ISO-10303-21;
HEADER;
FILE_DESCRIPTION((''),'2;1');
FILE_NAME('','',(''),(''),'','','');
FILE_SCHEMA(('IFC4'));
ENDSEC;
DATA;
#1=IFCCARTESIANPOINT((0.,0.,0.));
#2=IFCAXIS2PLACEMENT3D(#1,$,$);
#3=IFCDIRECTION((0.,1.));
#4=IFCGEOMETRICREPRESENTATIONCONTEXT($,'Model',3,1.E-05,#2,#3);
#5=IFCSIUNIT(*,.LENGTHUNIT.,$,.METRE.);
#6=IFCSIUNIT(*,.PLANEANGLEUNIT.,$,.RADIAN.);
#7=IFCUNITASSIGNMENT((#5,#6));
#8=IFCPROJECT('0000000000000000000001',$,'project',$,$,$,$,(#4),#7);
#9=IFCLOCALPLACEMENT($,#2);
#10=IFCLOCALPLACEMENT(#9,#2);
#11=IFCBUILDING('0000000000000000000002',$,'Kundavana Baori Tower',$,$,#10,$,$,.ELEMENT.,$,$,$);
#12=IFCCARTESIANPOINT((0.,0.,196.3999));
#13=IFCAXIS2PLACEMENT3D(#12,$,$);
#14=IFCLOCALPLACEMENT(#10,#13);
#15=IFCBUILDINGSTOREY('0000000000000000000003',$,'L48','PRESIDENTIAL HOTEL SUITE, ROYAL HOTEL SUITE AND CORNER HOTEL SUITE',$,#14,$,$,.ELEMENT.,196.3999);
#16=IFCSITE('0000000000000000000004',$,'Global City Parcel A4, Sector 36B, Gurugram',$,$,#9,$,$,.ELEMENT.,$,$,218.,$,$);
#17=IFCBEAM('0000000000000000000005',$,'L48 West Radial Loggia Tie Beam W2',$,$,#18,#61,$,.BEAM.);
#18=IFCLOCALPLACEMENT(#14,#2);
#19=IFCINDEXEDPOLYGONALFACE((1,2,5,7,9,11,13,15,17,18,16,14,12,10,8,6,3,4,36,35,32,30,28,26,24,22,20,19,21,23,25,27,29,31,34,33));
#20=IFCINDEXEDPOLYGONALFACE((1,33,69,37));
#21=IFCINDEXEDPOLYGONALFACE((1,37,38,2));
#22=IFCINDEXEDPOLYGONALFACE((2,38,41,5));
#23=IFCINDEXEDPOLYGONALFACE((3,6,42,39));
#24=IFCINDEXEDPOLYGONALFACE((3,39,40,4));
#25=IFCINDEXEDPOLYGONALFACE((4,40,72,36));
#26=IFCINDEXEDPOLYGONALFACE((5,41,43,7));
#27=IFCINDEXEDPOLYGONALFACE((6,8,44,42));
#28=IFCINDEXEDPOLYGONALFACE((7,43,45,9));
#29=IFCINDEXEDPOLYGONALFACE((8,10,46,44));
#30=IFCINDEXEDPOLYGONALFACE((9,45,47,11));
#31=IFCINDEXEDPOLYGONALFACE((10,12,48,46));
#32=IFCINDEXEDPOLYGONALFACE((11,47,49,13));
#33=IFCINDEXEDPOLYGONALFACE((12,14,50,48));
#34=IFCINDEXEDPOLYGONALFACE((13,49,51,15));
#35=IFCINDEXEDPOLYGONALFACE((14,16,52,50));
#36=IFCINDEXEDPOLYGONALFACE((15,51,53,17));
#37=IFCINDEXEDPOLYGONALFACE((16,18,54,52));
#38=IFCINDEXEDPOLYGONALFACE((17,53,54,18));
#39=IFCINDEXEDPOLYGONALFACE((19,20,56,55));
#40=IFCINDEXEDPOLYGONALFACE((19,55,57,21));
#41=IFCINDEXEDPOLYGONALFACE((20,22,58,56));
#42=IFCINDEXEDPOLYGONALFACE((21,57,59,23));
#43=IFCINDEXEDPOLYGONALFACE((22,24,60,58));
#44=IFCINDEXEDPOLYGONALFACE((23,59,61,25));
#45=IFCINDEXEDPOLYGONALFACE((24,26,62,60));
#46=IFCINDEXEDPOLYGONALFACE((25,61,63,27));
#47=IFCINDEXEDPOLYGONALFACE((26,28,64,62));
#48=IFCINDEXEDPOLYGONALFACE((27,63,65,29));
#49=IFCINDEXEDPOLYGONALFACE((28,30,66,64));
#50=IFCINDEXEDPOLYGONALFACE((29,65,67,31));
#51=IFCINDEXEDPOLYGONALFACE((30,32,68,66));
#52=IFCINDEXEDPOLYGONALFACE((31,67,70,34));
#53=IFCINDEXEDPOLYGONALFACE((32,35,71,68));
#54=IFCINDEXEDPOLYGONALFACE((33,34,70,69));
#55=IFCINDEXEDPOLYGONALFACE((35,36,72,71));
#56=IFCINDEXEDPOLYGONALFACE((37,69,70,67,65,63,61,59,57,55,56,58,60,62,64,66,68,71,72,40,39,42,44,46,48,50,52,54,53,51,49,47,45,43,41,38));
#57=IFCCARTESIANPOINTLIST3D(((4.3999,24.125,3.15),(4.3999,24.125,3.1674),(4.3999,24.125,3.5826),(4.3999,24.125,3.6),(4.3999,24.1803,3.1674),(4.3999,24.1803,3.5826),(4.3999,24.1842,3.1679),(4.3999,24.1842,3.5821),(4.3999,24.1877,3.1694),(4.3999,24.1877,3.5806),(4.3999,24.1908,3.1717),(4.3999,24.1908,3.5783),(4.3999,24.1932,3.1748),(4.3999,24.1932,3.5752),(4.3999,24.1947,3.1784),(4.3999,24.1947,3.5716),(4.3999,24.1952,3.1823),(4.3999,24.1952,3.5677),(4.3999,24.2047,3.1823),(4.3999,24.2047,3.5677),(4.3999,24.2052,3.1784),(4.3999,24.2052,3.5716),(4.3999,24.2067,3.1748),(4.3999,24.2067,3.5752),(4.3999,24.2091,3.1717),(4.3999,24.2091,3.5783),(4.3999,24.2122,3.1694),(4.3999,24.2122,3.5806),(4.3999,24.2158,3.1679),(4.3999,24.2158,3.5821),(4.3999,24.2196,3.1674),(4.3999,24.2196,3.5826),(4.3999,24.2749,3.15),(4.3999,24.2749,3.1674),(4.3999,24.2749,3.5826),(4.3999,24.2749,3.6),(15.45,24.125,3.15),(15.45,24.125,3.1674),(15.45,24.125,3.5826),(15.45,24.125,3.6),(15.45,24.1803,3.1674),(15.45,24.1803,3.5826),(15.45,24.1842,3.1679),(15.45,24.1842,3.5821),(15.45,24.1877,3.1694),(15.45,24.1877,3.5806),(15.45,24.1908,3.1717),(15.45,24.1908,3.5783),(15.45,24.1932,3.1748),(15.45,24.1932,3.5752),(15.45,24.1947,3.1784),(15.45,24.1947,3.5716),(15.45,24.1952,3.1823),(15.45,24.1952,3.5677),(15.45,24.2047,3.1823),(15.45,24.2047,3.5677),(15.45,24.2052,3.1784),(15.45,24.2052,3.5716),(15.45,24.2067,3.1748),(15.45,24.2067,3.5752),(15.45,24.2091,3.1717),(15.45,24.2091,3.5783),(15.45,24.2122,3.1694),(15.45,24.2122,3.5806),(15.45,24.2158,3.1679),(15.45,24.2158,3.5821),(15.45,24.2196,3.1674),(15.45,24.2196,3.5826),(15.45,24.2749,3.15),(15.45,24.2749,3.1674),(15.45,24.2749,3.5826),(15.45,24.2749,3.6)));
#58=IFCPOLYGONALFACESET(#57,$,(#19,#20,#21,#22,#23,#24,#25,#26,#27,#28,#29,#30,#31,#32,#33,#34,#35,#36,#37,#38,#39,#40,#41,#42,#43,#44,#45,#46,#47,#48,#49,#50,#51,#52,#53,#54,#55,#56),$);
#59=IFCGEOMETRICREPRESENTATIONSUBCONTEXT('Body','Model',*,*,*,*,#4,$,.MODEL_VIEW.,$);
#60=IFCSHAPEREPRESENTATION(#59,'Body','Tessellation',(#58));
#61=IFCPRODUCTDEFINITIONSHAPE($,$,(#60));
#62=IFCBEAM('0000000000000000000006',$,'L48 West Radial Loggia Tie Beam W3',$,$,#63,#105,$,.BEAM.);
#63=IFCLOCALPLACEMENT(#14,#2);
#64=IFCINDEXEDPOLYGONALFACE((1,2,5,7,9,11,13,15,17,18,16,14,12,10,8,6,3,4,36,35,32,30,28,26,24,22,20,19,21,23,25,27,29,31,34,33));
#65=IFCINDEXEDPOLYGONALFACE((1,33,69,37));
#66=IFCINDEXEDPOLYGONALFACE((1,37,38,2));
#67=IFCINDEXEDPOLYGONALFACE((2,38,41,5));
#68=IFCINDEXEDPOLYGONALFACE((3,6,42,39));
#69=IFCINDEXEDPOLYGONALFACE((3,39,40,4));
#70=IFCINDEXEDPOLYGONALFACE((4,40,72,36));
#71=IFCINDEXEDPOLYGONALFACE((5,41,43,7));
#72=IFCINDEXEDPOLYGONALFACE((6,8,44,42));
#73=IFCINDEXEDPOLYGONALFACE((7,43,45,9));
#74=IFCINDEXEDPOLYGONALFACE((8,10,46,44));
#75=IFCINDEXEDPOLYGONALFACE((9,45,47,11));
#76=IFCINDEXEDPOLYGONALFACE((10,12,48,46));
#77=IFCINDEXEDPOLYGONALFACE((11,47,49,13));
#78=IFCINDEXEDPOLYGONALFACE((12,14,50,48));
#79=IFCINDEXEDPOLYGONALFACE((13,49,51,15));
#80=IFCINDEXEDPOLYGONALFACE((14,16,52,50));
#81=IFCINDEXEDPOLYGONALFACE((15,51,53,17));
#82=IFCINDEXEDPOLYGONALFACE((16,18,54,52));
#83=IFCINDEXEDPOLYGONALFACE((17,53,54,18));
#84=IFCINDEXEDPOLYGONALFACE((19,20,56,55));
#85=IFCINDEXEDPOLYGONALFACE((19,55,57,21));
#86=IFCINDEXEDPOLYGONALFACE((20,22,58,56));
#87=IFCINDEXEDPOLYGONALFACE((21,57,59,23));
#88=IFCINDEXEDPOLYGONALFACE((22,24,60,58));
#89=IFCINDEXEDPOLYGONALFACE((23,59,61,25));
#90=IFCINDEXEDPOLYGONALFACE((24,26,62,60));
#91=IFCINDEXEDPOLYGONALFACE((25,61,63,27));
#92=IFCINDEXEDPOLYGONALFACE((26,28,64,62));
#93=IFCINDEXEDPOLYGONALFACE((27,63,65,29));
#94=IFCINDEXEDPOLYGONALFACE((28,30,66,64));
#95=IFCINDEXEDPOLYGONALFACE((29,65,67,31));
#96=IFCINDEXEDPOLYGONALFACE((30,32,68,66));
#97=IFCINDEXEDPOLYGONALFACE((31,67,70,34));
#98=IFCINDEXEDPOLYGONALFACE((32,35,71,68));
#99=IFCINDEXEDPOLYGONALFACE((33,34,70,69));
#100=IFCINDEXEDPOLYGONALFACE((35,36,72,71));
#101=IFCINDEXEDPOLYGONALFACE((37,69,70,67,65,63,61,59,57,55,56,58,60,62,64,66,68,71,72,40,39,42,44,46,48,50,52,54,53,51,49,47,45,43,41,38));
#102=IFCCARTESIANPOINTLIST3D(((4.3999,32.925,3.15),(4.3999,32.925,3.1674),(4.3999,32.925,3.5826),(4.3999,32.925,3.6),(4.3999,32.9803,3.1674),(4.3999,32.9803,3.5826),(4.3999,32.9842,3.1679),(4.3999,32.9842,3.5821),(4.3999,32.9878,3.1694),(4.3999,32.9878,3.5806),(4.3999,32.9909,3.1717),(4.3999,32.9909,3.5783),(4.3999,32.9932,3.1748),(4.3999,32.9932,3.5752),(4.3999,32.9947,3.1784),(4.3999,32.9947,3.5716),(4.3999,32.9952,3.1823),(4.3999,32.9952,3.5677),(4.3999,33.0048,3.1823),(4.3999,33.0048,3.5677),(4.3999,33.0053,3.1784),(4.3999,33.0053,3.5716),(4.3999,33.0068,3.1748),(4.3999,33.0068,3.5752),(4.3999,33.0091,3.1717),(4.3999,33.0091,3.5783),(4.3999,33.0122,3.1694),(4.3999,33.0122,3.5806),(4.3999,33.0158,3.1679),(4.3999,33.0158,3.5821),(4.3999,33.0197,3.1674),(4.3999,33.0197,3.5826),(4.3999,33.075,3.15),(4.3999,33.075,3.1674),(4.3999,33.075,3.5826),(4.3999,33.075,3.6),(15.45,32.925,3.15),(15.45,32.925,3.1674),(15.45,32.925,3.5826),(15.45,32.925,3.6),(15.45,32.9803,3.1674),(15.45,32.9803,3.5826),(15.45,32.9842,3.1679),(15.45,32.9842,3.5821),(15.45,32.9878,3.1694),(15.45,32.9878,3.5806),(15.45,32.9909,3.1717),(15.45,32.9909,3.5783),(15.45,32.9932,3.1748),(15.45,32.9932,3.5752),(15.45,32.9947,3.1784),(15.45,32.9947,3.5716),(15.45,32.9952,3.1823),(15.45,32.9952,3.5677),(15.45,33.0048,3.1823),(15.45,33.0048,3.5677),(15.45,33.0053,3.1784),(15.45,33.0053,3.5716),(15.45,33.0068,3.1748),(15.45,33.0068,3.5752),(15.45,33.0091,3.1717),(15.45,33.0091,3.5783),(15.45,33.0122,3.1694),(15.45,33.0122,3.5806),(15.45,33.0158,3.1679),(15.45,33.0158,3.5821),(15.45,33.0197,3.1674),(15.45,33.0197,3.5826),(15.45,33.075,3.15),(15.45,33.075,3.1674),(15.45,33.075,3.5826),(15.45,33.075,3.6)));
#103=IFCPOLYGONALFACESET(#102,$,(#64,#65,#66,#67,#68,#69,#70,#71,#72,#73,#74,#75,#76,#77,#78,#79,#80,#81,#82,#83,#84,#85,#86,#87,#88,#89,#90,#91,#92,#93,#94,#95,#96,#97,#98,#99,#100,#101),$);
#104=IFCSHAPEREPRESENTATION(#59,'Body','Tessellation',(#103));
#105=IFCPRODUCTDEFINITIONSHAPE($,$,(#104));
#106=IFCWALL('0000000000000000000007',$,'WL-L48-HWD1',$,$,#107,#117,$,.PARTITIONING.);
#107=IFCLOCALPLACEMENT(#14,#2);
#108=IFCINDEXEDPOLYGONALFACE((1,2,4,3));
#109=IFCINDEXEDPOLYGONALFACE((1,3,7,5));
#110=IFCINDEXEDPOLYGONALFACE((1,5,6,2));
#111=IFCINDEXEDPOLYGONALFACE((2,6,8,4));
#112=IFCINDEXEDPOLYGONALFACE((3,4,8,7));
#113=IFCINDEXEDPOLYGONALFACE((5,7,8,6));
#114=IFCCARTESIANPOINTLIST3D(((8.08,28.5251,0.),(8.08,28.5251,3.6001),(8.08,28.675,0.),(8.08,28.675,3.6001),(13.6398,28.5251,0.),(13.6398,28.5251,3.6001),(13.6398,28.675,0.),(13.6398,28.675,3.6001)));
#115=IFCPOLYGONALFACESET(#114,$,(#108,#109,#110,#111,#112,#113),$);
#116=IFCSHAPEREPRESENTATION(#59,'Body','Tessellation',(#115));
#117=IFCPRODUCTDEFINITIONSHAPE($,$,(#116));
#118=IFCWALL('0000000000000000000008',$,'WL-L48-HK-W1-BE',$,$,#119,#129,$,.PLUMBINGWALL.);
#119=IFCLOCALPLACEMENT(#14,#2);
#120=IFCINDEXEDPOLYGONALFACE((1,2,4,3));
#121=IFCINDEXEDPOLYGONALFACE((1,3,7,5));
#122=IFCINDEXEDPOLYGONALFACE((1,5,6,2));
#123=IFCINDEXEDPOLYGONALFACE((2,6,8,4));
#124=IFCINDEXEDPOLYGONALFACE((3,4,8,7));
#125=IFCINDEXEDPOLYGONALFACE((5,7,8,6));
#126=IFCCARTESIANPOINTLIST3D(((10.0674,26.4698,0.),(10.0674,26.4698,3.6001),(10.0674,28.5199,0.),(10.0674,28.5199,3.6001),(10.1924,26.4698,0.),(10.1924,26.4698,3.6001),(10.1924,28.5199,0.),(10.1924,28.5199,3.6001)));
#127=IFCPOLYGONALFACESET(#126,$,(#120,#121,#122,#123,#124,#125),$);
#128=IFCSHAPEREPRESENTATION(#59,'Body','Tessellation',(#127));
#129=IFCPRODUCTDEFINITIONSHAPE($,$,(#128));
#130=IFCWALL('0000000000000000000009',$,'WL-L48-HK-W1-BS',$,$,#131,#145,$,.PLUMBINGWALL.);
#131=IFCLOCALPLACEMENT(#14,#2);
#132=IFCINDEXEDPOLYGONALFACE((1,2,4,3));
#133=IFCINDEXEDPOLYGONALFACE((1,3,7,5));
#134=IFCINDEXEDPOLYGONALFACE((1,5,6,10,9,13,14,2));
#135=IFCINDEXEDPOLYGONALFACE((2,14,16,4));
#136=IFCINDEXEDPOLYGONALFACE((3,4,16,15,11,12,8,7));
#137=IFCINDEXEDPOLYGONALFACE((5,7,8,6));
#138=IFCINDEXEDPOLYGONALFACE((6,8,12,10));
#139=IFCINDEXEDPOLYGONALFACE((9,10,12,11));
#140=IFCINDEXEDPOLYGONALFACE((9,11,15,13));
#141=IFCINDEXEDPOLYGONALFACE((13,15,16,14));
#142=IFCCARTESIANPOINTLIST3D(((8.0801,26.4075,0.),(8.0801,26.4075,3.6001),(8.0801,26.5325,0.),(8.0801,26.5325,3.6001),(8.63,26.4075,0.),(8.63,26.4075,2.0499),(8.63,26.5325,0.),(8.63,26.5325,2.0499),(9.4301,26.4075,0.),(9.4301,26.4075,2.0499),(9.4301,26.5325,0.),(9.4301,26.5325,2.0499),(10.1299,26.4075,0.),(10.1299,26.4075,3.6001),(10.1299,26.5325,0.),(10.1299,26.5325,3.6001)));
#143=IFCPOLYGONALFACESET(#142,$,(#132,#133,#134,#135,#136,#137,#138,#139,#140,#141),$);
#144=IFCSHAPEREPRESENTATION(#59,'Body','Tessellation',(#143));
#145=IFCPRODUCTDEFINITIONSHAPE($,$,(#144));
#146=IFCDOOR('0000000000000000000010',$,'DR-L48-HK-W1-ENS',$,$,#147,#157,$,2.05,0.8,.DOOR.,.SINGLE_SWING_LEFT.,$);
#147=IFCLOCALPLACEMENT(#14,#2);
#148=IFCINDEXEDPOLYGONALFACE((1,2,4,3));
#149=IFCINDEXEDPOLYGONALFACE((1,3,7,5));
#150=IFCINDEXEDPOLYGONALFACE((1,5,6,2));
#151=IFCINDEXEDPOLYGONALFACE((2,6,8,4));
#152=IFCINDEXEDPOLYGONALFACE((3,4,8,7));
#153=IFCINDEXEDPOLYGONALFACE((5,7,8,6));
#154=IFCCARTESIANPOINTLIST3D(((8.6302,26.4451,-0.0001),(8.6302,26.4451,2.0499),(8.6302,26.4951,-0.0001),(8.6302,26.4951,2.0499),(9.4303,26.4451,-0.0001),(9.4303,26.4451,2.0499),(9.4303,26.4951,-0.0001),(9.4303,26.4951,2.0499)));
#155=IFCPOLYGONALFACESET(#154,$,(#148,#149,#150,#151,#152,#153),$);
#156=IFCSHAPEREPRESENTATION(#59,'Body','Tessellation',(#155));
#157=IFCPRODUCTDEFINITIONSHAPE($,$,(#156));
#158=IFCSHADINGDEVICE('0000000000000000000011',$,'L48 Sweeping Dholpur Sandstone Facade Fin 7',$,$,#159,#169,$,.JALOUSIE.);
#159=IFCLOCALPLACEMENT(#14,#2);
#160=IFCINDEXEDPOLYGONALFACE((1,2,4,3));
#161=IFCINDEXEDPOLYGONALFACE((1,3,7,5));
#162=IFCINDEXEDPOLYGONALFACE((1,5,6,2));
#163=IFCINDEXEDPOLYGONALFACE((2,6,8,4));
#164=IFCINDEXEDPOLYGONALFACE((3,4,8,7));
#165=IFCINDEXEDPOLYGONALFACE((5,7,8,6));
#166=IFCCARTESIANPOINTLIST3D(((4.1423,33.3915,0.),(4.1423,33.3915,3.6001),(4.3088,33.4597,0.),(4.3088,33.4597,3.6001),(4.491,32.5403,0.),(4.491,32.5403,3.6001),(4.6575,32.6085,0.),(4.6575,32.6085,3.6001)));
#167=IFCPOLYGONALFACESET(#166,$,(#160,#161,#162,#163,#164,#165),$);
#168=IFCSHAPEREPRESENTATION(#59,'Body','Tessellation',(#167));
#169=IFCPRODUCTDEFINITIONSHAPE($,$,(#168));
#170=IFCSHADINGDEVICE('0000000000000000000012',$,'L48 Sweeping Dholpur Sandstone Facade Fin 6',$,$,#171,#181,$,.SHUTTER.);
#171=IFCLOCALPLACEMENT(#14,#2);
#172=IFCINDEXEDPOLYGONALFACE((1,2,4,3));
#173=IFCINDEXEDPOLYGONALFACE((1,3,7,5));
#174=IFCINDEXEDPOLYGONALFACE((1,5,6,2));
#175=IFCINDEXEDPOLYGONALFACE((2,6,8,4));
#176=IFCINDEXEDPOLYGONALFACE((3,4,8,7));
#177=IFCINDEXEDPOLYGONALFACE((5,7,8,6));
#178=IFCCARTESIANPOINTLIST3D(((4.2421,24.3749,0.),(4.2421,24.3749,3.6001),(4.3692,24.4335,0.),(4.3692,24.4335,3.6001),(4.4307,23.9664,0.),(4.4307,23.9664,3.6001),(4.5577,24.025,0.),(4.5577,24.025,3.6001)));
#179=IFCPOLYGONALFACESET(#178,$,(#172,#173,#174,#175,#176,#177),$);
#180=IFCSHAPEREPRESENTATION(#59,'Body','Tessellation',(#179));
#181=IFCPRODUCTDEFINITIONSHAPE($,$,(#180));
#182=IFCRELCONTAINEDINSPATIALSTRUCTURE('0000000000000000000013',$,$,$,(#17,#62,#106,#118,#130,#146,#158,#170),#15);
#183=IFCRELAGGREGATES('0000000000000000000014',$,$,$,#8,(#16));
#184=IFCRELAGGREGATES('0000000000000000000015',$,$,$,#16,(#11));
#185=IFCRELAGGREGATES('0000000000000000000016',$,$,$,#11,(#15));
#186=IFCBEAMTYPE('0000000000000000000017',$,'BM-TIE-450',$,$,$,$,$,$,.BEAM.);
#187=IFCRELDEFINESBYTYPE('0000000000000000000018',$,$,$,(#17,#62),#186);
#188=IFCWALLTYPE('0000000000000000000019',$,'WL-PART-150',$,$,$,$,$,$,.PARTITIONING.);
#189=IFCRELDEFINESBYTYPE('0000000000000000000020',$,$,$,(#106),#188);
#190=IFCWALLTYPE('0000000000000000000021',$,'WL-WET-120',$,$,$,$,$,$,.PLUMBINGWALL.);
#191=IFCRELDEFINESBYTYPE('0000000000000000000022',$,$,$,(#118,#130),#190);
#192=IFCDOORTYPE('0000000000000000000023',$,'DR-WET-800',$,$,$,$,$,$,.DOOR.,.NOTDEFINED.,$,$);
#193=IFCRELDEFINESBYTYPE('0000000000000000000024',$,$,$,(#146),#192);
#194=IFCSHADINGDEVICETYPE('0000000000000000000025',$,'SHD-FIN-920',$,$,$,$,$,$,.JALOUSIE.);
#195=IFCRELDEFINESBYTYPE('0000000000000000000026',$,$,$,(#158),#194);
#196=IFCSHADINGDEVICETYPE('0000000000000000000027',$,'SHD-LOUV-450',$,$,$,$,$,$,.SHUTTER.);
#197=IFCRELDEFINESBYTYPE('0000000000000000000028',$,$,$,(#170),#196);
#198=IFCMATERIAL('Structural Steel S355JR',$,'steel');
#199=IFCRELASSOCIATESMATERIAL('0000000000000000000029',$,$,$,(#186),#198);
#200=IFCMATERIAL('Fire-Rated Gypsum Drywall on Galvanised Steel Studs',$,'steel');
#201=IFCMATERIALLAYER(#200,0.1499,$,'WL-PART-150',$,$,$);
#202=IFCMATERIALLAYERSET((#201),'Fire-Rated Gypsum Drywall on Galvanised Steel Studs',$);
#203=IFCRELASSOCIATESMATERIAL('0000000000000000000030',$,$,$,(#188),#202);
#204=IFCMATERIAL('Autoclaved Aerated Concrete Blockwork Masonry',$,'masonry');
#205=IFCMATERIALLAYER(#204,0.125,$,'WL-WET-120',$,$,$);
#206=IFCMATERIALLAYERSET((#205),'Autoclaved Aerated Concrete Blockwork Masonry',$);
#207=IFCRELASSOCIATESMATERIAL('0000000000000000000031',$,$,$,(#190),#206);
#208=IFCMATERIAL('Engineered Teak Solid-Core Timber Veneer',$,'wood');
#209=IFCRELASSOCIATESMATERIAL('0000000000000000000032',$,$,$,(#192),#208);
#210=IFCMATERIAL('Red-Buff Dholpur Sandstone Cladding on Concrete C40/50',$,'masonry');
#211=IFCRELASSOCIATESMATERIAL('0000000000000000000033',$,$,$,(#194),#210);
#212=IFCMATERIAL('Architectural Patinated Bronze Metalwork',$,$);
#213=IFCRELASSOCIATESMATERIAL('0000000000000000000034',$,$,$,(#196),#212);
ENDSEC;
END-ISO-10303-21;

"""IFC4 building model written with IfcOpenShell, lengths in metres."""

from ifc_helpers import new_model, si_unit, direction, frame, frame_2d, origin, origin_2d, place, context, subcontext, project, spatial, rectangle, i_section, extrude, material, layer, layer_set, material_profile, profile_set, type_object, element, fill, save


model = new_model("IFC4")

# Units and contexts
model_context = context("Model", 3, precision=1e-05, world=origin(), true_north=direction((0.0, 1.0)))
body_context = subcontext(model_context, "Body", "Model", "MODEL_VIEW")
ifc_project = project(units=[si_unit("LENGTHUNIT", "METRE"), si_unit("PLANEANGLEUNIT", "RADIAN")], contexts=[model_context])

# Site, building, storey
site_placement = place(None, origin())
site = spatial("IfcSite", under=ifc_project, at=site_placement, Name="Global City Parcel A4, Sector 36B, Gurugram", CompositionType="ELEMENT", RefElevation=218.0)
building_placement = place(site_placement, origin())
building = spatial("IfcBuilding", under=site, at=building_placement, Name="Kundavana Baori Tower", CompositionType="ELEMENT")
storey_placement = place(building_placement, frame((0.0, 0.0, 196.3999)))
storey = spatial("IfcBuildingStorey", under=building, at=storey_placement, Name="L48", Description="PRESIDENTIAL HOTEL SUITE, ROYAL HOTEL SUITE AND CORNER HOTEL SUITE", CompositionType="ELEMENT", Elevation=196.3999)

# Beams
ifc_material_1 = material(Name="Structural Steel S355JR", Category="steel")
ifc_material_profile_1 = material_profile(ifc_material_1, i_section(OverallWidth=0.1499, OverallDepth=0.45, WebThickness=0.0095, FlangeThickness=0.0173, FilletRadius=0.0149, at=origin_2d()), Name="ISMB 450")
ifc_profile_set_1 = profile_set([ifc_material_profile_1], Name="Structural Steel S355JR")
beam_type_1 = type_object("IfcBeamType", Name="BM-TIE-450", PredefinedType="BEAM", material=ifc_profile_set_1)
for number, where, z_axis, x_axis, name in (
    (1, (15.45, 24.2, 3.375), (-1.0, 0.0, 0.0), (0.0, -1.0, 0.0), "L48 West Radial Loggia Tie Beam W2"),
    (2, (15.45, 33.0, 3.375), (-1.0, 0.0, 0.0), (0.0, -1.0, 0.0), "L48 West Radial Loggia Tie Beam W3"),
):
    element("IfcBeam", number, at=place(storey_placement, frame(where, z_axis=z_axis, x_axis=x_axis)), inside=storey, type_object=beam_type_1, Name=name, PredefinedType="BEAM", context=body_context, shape_type="SweptSolid", body=[
        extrude(i_section(OverallWidth=0.1499, OverallDepth=0.45, WebThickness=0.0095, FlangeThickness=0.0173, FilletRadius=0.0149, at=origin_2d()), origin(), (0.0, 0.0, 1.0), 11.05),
    ])

# Walls
ifc_material_2 = material(Name="Fire-Rated Gypsum Drywall on Galvanised Steel Studs", Category="steel")
ifc_layer_1 = layer(ifc_material_2, 0.1499, Name="WL-PART-150")
ifc_layer_set_1 = layer_set([ifc_layer_1], Name="Fire-Rated Gypsum Drywall on Galvanised Steel Studs")
wall_type_1 = type_object("IfcWallType", Name="WL-PART-150", PredefinedType="PARTITIONING", material=ifc_layer_set_1)
wall_1_placement = place(storey_placement, frame((8.0801, 28.6001, 0.0), z_axis=(0.0, 0.0, 1.0), x_axis=(1.0, 0.0, 0.0)))
element("IfcWall", 3, at=wall_1_placement, inside=storey, type_object=wall_type_1, Name="WL-L48-HWD1", PredefinedType="PARTITIONING", context=body_context, shape_type="SweptSolid", body=[
    extrude(rectangle(XDim=5.5598, YDim=0.1499, at=frame_2d((2.7798, 0.0))), origin(), (0.0, 0.0, 1.0), 3.6001),
])
ifc_material_3 = material(Name="Autoclaved Aerated Concrete Blockwork Masonry", Category="masonry")
ifc_layer_2 = layer(ifc_material_3, 0.125, Name="WL-WET-120")
ifc_layer_set_2 = layer_set([ifc_layer_2], Name="Autoclaved Aerated Concrete Blockwork Masonry")
wall_type_2 = type_object("IfcWallType", Name="WL-WET-120", PredefinedType="PLUMBINGWALL", material=ifc_layer_set_2)
wall_2_placement = place(storey_placement, frame((10.1299, 26.47, 0.0), z_axis=(0.0, 0.0, 1.0), x_axis=(0.0, 1.0, 0.0)))
element("IfcWall", 4, at=wall_2_placement, inside=storey, type_object=wall_type_2, Name="WL-L48-HK-W1-BE", PredefinedType="PLUMBINGWALL", context=body_context, shape_type="SweptSolid", body=[
    extrude(rectangle(XDim=2.05, YDim=0.125, at=frame_2d((1.0249, 0.0))), origin(), (0.0, 0.0, 1.0), 3.6001),
])

# Wall, opening, door
wall_3_placement = place(storey_placement, frame((8.0801, 26.47, 0.0), z_axis=(0.0, 0.0, 1.0), x_axis=(1.0, 0.0, 0.0)))
wall_3 = element("IfcWall", 5, at=wall_3_placement, inside=storey, type_object=wall_type_2, Name="WL-L48-HK-W1-BS", PredefinedType="PLUMBINGWALL", context=body_context, shape_type="SweptSolid", body=[
    extrude(rectangle(XDim=2.0498, YDim=0.125, at=frame_2d((1.0249, 0.0))), origin(), (0.0, 0.0, 1.0), 3.6001),
])
opening_placement = place(wall_3_placement, frame((0.55, 0.0, 0.0)))
opening = element("IfcOpeningElement", 6, at=opening_placement, cuts=wall_3, PredefinedType="OPENING", context=body_context, shape_type="SweptSolid", body=[
    extrude(rectangle(XDim=0.8, YDim=2.05, at=frame_2d((0.3999, 1.0249))), frame((0.0, 0.0725, 0.0), z_axis=(0.0, -1.0, 0.0), x_axis=(1.0, 0.0, 0.0)), (0.0, 0.0, 1.0), 0.145),
])
ifc_material_4 = material(Name="Engineered Teak Solid-Core Timber Veneer", Category="wood")
door_type = type_object("IfcDoorType", Name="DR-WET-800", OperationType="NOTDEFINED", PredefinedType="DOOR", material=ifc_material_4)
door_placement = place(opening_placement, frame((0.8, 0.0, 0.0), z_axis=(0.0, 0.0, 1.0), x_axis=(-1.0, 0.0, 0.0)))
door = element("IfcDoor", 7, at=door_placement, inside=storey, type_object=door_type, Name="DR-L48-HK-W1-ENS", OperationType="SINGLE_SWING_LEFT", OverallHeight=2.05, OverallWidth=0.8, PredefinedType="DOOR", context=body_context, shape_type="SweptSolid", body=[
    extrude(rectangle(XDim=0.8, YDim=2.05, at=frame_2d((0.3999, 1.0249))), frame((0.0, 0.0249, 0.0), z_axis=(0.0, -1.0, 0.0), x_axis=(1.0, 0.0, 0.0)), (0.0, 0.0, 1.0), 0.05),
])
fill(opening, door)

# Shading devices
ifc_material_5 = material(Name="Red-Buff Dholpur Sandstone Cladding on Concrete C40/50", Category="masonry")
shading_device_type_1 = type_object("IfcShadingDeviceType", Name="SHD-FIN-920", PredefinedType="JALOUSIE", material=ifc_material_5)
shading_device_1_placement = place(storey_placement, frame((4.3999, 33.0, 0.0), z_axis=(0.0, 0.0, 1.0), x_axis=(0.925342, 0.379133, 0.0)))
element("IfcShadingDevice", 8, at=shading_device_1_placement, inside=storey, type_object=shading_device_type_1, Name="L48 Sweeping Dholpur Sandstone Facade Fin 7", PredefinedType="JALOUSIE", context=body_context, shape_type="SweptSolid", body=[
    extrude(rectangle(XDim=0.1799, YDim=0.9199, at=origin_2d()), origin(), (0.0, 0.0, 1.0), 3.6001),
])
ifc_material_6 = material(Name="Architectural Patinated Bronze Metalwork")
shading_device_type_2 = type_object("IfcShadingDeviceType", Name="SHD-LOUV-450", PredefinedType="SHUTTER", material=ifc_material_6)
shading_device_2_placement = place(storey_placement, frame((4.3999, 24.2, 0.0), z_axis=(0.0, 0.0, 1.0), x_axis=(0.907997, 0.418977, 0.0)))
element("IfcShadingDevice", 9, at=shading_device_2_placement, inside=storey, type_object=shading_device_type_2, Name="L48 Sweeping Dholpur Sandstone Facade Fin 6", PredefinedType="SHUTTER", context=body_context, shape_type="SweptSolid", body=[
    extrude(rectangle(XDim=0.1399, YDim=0.45, at=origin_2d()), origin(), (0.0, 0.0, 1.0), 3.6001),
])

save(model, "model.ifc")
